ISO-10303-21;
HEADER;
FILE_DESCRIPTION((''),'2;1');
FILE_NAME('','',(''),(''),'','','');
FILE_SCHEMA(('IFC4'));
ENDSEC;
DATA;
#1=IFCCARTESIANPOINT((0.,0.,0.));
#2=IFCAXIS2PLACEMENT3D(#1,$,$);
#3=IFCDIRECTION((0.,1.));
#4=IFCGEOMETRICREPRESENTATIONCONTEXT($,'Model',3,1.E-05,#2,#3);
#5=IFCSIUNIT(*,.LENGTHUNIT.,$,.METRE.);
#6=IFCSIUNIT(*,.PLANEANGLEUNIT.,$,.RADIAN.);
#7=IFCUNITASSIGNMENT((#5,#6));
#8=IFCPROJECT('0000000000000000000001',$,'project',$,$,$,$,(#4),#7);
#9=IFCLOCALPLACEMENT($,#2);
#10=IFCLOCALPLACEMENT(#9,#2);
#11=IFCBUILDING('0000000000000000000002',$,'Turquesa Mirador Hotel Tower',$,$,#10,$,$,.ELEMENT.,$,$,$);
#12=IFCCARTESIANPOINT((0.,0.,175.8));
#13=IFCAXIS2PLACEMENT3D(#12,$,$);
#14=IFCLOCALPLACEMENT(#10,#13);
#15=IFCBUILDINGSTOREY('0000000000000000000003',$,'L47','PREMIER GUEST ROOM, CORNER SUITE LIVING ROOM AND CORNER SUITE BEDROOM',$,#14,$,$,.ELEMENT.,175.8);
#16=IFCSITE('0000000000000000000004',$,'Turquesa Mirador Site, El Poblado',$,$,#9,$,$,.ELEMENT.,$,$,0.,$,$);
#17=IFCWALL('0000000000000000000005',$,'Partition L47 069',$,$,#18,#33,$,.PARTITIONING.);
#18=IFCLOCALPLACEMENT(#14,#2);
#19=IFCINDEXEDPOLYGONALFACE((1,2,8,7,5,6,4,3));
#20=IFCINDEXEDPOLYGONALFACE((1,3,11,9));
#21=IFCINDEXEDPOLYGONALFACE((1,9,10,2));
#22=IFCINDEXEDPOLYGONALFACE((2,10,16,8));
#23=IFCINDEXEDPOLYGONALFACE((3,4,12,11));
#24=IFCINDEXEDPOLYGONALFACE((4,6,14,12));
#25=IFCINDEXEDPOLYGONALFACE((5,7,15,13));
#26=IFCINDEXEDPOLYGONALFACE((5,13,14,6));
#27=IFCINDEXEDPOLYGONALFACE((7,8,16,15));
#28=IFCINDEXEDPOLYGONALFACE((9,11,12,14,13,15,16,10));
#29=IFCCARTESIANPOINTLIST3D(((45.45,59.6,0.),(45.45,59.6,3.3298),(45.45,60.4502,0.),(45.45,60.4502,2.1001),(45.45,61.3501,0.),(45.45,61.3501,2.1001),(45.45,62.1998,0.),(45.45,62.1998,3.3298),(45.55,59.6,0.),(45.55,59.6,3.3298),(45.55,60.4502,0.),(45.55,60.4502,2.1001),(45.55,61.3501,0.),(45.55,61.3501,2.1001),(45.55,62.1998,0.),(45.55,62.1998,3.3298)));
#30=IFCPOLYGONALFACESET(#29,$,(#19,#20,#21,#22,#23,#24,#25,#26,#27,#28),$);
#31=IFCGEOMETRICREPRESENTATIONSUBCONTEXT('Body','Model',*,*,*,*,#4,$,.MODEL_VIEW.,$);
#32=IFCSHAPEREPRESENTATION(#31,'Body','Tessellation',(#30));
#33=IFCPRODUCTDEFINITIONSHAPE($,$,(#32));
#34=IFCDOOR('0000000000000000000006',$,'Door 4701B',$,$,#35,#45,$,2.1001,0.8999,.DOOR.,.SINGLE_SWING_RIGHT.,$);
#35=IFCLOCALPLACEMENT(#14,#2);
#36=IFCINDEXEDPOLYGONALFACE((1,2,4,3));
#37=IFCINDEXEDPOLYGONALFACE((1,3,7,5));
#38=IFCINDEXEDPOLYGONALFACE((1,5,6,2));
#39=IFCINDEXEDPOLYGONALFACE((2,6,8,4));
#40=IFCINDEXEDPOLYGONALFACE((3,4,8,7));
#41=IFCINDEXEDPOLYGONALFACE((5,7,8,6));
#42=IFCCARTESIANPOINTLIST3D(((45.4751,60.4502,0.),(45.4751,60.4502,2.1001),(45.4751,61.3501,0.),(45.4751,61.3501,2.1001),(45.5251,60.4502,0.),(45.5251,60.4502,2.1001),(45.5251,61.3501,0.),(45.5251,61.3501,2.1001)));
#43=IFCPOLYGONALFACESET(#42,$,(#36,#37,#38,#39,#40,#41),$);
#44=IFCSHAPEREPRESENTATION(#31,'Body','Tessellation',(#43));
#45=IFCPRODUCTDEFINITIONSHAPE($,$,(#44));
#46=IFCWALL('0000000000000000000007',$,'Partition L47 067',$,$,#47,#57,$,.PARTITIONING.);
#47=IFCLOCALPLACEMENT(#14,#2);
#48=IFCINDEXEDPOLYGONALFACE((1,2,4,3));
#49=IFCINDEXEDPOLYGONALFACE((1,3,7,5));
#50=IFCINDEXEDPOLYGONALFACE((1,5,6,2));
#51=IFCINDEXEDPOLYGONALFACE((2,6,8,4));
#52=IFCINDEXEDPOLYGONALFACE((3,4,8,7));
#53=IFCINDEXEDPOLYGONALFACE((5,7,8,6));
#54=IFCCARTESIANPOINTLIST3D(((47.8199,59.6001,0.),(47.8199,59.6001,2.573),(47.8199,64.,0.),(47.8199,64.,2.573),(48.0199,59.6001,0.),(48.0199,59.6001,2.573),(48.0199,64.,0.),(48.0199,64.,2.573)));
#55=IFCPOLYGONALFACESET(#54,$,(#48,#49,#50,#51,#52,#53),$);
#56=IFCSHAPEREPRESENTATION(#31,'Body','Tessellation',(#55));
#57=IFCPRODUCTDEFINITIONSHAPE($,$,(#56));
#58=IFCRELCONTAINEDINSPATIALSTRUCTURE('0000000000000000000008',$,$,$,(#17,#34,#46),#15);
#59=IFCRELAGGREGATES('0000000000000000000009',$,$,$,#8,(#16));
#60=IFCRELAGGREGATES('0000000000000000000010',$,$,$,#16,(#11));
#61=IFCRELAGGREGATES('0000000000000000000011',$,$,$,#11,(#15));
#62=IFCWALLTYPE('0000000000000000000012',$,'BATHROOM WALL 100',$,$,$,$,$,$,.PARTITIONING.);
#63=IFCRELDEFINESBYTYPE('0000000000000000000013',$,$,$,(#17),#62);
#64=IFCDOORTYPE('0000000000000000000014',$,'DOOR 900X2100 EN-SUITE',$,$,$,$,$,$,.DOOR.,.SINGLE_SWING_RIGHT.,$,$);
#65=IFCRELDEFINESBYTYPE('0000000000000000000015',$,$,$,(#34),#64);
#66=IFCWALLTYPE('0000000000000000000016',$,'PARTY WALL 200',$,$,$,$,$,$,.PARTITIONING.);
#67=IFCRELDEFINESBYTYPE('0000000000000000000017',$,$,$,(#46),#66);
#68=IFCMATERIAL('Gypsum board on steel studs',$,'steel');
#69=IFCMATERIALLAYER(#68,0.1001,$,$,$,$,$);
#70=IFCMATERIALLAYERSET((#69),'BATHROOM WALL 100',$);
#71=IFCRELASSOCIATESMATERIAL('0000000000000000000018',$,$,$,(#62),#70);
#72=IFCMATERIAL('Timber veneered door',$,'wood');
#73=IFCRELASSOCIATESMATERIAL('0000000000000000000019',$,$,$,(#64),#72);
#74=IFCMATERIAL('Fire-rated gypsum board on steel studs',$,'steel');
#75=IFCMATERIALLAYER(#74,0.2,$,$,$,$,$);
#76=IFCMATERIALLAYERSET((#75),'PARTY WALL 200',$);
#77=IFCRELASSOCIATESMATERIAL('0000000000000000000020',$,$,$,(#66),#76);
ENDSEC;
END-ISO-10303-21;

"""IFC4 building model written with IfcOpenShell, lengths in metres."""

from ifc_helpers import new_model, si_unit, direction, frame, frame_2d, origin, place, context, subcontext, project, spatial, rectangle, extrude, material, layer, layer_set, type_object, element, fill, save


model = new_model("IFC4")

# Units and contexts
model_context = context("Model", 3, precision=1e-05, world=origin(), true_north=direction((0.0, 1.0)))
body_context = subcontext(model_context, "Body", "Model", "MODEL_VIEW")
ifc_project = project(units=[si_unit("LENGTHUNIT", "METRE"), si_unit("PLANEANGLEUNIT", "RADIAN")], contexts=[model_context])

# Site, building, storey
site_placement = place(None, origin())
site = spatial("IfcSite", under=ifc_project, at=site_placement, Name="Turquesa Mirador Site, El Poblado", CompositionType="ELEMENT", RefElevation=0.0)
building_placement = place(site_placement, origin())
building = spatial("IfcBuilding", under=site, at=building_placement, Name="Turquesa Mirador Hotel Tower", CompositionType="ELEMENT")
storey_placement = place(building_placement, frame((0.0, 0.0, 175.8)))
storey = spatial("IfcBuildingStorey", under=building, at=storey_placement, Name="L47", Description="PREMIER GUEST ROOM, CORNER SUITE LIVING ROOM AND CORNER SUITE BEDROOM", CompositionType="ELEMENT", Elevation=175.8)

# Shared definitions
ifc_material_1 = material(Name="Gypsum board on steel studs", Category="steel")
ifc_layer_1 = layer(ifc_material_1, 0.1001)
ifc_layer_set_1 = layer_set([ifc_layer_1], Name="BATHROOM WALL 100")
wall_type_1 = type_object("IfcWallType", Name="BATHROOM WALL 100", PredefinedType="PARTITIONING", material=ifc_layer_set_1)

# Wall, opening, door
ifc_material_2 = material(Name="Timber veneered door", Category="wood")
door_type_1 = type_object("IfcDoorType", Name="DOOR 900X2100 EN-SUITE", OperationType="SINGLE_SWING_RIGHT", PredefinedType="DOOR", material=ifc_material_2)
wall_1_placement = place(storey_placement, frame((45.5, 59.6001, 0.0), z_axis=(0.0, 0.0, 1.0), x_axis=(0.0, 1.0, 0.0)))
wall_1 = element("IfcWall", 1, at=wall_1_placement, inside=storey, type_object=wall_type_1, Name="Partition L47 069", PredefinedType="PARTITIONING", context=body_context, shape_type="SweptSolid", body=[
    extrude(rectangle(XDim=2.5999, YDim=0.1001, at=frame_2d((1.2998, 0.0))), origin(), (0.0, 0.0, 1.0), 3.3298),
])
opening_1_placement = place(wall_1_placement, frame((0.8501, 0.0, 0.0)))
opening_1 = element("IfcOpeningElement", 2, at=opening_1_placement, cuts=wall_1, PredefinedType="OPENING", context=body_context, shape_type="SweptSolid", body=[
    extrude(rectangle(XDim=0.8999, YDim=2.1001, at=frame_2d((0.45, 1.05))), frame((0.0, 0.0601, 0.0), z_axis=(0.0, -1.0, 0.0), x_axis=(1.0, 0.0, 0.0)), (0.0, 0.0, 1.0), 0.1201),
])
door_1_placement = place(opening_1_placement, origin())
door_1 = element("IfcDoor", 3, at=door_1_placement, inside=storey, type_object=door_type_1, Name="Door 4701B", OperationType="SINGLE_SWING_RIGHT", OverallHeight=2.1001, OverallWidth=0.8999, PredefinedType="DOOR", context=body_context, shape_type="SweptSolid", body=[
    extrude(rectangle(XDim=0.8999, YDim=2.1001, at=frame_2d((0.45, 1.05))), frame((0.0, 0.0249, 0.0), z_axis=(0.0, -1.0, 0.0), x_axis=(1.0, 0.0, 0.0)), (0.0, 0.0, 1.0), 0.05),
])
fill(opening_1, door_1)

# Wall
ifc_material_3 = material(Name="Fire-rated gypsum board on steel studs", Category="steel")
ifc_layer_2 = layer(ifc_material_3, 0.2)
ifc_layer_set_2 = layer_set([ifc_layer_2], Name="PARTY WALL 200")
wall_type_2 = type_object("IfcWallType", Name="PARTY WALL 200", PredefinedType="PARTITIONING", material=ifc_layer_set_2)
wall_2_placement = place(storey_placement, frame((47.9199, 59.6001, 0.0), z_axis=(0.0, 0.0, 1.0), x_axis=(0.0, 1.0, 0.0)))
element("IfcWall", 4, at=wall_2_placement, inside=storey, type_object=wall_type_2, Name="Partition L47 067", PredefinedType="PARTITIONING", context=body_context, shape_type="SweptSolid", body=[
    extrude(rectangle(XDim=4.3999, YDim=0.2, at=frame_2d((2.2, 0.0))), origin(), (0.0, 0.0, 1.0), 2.573),
])

save(model, "model.ifc")
